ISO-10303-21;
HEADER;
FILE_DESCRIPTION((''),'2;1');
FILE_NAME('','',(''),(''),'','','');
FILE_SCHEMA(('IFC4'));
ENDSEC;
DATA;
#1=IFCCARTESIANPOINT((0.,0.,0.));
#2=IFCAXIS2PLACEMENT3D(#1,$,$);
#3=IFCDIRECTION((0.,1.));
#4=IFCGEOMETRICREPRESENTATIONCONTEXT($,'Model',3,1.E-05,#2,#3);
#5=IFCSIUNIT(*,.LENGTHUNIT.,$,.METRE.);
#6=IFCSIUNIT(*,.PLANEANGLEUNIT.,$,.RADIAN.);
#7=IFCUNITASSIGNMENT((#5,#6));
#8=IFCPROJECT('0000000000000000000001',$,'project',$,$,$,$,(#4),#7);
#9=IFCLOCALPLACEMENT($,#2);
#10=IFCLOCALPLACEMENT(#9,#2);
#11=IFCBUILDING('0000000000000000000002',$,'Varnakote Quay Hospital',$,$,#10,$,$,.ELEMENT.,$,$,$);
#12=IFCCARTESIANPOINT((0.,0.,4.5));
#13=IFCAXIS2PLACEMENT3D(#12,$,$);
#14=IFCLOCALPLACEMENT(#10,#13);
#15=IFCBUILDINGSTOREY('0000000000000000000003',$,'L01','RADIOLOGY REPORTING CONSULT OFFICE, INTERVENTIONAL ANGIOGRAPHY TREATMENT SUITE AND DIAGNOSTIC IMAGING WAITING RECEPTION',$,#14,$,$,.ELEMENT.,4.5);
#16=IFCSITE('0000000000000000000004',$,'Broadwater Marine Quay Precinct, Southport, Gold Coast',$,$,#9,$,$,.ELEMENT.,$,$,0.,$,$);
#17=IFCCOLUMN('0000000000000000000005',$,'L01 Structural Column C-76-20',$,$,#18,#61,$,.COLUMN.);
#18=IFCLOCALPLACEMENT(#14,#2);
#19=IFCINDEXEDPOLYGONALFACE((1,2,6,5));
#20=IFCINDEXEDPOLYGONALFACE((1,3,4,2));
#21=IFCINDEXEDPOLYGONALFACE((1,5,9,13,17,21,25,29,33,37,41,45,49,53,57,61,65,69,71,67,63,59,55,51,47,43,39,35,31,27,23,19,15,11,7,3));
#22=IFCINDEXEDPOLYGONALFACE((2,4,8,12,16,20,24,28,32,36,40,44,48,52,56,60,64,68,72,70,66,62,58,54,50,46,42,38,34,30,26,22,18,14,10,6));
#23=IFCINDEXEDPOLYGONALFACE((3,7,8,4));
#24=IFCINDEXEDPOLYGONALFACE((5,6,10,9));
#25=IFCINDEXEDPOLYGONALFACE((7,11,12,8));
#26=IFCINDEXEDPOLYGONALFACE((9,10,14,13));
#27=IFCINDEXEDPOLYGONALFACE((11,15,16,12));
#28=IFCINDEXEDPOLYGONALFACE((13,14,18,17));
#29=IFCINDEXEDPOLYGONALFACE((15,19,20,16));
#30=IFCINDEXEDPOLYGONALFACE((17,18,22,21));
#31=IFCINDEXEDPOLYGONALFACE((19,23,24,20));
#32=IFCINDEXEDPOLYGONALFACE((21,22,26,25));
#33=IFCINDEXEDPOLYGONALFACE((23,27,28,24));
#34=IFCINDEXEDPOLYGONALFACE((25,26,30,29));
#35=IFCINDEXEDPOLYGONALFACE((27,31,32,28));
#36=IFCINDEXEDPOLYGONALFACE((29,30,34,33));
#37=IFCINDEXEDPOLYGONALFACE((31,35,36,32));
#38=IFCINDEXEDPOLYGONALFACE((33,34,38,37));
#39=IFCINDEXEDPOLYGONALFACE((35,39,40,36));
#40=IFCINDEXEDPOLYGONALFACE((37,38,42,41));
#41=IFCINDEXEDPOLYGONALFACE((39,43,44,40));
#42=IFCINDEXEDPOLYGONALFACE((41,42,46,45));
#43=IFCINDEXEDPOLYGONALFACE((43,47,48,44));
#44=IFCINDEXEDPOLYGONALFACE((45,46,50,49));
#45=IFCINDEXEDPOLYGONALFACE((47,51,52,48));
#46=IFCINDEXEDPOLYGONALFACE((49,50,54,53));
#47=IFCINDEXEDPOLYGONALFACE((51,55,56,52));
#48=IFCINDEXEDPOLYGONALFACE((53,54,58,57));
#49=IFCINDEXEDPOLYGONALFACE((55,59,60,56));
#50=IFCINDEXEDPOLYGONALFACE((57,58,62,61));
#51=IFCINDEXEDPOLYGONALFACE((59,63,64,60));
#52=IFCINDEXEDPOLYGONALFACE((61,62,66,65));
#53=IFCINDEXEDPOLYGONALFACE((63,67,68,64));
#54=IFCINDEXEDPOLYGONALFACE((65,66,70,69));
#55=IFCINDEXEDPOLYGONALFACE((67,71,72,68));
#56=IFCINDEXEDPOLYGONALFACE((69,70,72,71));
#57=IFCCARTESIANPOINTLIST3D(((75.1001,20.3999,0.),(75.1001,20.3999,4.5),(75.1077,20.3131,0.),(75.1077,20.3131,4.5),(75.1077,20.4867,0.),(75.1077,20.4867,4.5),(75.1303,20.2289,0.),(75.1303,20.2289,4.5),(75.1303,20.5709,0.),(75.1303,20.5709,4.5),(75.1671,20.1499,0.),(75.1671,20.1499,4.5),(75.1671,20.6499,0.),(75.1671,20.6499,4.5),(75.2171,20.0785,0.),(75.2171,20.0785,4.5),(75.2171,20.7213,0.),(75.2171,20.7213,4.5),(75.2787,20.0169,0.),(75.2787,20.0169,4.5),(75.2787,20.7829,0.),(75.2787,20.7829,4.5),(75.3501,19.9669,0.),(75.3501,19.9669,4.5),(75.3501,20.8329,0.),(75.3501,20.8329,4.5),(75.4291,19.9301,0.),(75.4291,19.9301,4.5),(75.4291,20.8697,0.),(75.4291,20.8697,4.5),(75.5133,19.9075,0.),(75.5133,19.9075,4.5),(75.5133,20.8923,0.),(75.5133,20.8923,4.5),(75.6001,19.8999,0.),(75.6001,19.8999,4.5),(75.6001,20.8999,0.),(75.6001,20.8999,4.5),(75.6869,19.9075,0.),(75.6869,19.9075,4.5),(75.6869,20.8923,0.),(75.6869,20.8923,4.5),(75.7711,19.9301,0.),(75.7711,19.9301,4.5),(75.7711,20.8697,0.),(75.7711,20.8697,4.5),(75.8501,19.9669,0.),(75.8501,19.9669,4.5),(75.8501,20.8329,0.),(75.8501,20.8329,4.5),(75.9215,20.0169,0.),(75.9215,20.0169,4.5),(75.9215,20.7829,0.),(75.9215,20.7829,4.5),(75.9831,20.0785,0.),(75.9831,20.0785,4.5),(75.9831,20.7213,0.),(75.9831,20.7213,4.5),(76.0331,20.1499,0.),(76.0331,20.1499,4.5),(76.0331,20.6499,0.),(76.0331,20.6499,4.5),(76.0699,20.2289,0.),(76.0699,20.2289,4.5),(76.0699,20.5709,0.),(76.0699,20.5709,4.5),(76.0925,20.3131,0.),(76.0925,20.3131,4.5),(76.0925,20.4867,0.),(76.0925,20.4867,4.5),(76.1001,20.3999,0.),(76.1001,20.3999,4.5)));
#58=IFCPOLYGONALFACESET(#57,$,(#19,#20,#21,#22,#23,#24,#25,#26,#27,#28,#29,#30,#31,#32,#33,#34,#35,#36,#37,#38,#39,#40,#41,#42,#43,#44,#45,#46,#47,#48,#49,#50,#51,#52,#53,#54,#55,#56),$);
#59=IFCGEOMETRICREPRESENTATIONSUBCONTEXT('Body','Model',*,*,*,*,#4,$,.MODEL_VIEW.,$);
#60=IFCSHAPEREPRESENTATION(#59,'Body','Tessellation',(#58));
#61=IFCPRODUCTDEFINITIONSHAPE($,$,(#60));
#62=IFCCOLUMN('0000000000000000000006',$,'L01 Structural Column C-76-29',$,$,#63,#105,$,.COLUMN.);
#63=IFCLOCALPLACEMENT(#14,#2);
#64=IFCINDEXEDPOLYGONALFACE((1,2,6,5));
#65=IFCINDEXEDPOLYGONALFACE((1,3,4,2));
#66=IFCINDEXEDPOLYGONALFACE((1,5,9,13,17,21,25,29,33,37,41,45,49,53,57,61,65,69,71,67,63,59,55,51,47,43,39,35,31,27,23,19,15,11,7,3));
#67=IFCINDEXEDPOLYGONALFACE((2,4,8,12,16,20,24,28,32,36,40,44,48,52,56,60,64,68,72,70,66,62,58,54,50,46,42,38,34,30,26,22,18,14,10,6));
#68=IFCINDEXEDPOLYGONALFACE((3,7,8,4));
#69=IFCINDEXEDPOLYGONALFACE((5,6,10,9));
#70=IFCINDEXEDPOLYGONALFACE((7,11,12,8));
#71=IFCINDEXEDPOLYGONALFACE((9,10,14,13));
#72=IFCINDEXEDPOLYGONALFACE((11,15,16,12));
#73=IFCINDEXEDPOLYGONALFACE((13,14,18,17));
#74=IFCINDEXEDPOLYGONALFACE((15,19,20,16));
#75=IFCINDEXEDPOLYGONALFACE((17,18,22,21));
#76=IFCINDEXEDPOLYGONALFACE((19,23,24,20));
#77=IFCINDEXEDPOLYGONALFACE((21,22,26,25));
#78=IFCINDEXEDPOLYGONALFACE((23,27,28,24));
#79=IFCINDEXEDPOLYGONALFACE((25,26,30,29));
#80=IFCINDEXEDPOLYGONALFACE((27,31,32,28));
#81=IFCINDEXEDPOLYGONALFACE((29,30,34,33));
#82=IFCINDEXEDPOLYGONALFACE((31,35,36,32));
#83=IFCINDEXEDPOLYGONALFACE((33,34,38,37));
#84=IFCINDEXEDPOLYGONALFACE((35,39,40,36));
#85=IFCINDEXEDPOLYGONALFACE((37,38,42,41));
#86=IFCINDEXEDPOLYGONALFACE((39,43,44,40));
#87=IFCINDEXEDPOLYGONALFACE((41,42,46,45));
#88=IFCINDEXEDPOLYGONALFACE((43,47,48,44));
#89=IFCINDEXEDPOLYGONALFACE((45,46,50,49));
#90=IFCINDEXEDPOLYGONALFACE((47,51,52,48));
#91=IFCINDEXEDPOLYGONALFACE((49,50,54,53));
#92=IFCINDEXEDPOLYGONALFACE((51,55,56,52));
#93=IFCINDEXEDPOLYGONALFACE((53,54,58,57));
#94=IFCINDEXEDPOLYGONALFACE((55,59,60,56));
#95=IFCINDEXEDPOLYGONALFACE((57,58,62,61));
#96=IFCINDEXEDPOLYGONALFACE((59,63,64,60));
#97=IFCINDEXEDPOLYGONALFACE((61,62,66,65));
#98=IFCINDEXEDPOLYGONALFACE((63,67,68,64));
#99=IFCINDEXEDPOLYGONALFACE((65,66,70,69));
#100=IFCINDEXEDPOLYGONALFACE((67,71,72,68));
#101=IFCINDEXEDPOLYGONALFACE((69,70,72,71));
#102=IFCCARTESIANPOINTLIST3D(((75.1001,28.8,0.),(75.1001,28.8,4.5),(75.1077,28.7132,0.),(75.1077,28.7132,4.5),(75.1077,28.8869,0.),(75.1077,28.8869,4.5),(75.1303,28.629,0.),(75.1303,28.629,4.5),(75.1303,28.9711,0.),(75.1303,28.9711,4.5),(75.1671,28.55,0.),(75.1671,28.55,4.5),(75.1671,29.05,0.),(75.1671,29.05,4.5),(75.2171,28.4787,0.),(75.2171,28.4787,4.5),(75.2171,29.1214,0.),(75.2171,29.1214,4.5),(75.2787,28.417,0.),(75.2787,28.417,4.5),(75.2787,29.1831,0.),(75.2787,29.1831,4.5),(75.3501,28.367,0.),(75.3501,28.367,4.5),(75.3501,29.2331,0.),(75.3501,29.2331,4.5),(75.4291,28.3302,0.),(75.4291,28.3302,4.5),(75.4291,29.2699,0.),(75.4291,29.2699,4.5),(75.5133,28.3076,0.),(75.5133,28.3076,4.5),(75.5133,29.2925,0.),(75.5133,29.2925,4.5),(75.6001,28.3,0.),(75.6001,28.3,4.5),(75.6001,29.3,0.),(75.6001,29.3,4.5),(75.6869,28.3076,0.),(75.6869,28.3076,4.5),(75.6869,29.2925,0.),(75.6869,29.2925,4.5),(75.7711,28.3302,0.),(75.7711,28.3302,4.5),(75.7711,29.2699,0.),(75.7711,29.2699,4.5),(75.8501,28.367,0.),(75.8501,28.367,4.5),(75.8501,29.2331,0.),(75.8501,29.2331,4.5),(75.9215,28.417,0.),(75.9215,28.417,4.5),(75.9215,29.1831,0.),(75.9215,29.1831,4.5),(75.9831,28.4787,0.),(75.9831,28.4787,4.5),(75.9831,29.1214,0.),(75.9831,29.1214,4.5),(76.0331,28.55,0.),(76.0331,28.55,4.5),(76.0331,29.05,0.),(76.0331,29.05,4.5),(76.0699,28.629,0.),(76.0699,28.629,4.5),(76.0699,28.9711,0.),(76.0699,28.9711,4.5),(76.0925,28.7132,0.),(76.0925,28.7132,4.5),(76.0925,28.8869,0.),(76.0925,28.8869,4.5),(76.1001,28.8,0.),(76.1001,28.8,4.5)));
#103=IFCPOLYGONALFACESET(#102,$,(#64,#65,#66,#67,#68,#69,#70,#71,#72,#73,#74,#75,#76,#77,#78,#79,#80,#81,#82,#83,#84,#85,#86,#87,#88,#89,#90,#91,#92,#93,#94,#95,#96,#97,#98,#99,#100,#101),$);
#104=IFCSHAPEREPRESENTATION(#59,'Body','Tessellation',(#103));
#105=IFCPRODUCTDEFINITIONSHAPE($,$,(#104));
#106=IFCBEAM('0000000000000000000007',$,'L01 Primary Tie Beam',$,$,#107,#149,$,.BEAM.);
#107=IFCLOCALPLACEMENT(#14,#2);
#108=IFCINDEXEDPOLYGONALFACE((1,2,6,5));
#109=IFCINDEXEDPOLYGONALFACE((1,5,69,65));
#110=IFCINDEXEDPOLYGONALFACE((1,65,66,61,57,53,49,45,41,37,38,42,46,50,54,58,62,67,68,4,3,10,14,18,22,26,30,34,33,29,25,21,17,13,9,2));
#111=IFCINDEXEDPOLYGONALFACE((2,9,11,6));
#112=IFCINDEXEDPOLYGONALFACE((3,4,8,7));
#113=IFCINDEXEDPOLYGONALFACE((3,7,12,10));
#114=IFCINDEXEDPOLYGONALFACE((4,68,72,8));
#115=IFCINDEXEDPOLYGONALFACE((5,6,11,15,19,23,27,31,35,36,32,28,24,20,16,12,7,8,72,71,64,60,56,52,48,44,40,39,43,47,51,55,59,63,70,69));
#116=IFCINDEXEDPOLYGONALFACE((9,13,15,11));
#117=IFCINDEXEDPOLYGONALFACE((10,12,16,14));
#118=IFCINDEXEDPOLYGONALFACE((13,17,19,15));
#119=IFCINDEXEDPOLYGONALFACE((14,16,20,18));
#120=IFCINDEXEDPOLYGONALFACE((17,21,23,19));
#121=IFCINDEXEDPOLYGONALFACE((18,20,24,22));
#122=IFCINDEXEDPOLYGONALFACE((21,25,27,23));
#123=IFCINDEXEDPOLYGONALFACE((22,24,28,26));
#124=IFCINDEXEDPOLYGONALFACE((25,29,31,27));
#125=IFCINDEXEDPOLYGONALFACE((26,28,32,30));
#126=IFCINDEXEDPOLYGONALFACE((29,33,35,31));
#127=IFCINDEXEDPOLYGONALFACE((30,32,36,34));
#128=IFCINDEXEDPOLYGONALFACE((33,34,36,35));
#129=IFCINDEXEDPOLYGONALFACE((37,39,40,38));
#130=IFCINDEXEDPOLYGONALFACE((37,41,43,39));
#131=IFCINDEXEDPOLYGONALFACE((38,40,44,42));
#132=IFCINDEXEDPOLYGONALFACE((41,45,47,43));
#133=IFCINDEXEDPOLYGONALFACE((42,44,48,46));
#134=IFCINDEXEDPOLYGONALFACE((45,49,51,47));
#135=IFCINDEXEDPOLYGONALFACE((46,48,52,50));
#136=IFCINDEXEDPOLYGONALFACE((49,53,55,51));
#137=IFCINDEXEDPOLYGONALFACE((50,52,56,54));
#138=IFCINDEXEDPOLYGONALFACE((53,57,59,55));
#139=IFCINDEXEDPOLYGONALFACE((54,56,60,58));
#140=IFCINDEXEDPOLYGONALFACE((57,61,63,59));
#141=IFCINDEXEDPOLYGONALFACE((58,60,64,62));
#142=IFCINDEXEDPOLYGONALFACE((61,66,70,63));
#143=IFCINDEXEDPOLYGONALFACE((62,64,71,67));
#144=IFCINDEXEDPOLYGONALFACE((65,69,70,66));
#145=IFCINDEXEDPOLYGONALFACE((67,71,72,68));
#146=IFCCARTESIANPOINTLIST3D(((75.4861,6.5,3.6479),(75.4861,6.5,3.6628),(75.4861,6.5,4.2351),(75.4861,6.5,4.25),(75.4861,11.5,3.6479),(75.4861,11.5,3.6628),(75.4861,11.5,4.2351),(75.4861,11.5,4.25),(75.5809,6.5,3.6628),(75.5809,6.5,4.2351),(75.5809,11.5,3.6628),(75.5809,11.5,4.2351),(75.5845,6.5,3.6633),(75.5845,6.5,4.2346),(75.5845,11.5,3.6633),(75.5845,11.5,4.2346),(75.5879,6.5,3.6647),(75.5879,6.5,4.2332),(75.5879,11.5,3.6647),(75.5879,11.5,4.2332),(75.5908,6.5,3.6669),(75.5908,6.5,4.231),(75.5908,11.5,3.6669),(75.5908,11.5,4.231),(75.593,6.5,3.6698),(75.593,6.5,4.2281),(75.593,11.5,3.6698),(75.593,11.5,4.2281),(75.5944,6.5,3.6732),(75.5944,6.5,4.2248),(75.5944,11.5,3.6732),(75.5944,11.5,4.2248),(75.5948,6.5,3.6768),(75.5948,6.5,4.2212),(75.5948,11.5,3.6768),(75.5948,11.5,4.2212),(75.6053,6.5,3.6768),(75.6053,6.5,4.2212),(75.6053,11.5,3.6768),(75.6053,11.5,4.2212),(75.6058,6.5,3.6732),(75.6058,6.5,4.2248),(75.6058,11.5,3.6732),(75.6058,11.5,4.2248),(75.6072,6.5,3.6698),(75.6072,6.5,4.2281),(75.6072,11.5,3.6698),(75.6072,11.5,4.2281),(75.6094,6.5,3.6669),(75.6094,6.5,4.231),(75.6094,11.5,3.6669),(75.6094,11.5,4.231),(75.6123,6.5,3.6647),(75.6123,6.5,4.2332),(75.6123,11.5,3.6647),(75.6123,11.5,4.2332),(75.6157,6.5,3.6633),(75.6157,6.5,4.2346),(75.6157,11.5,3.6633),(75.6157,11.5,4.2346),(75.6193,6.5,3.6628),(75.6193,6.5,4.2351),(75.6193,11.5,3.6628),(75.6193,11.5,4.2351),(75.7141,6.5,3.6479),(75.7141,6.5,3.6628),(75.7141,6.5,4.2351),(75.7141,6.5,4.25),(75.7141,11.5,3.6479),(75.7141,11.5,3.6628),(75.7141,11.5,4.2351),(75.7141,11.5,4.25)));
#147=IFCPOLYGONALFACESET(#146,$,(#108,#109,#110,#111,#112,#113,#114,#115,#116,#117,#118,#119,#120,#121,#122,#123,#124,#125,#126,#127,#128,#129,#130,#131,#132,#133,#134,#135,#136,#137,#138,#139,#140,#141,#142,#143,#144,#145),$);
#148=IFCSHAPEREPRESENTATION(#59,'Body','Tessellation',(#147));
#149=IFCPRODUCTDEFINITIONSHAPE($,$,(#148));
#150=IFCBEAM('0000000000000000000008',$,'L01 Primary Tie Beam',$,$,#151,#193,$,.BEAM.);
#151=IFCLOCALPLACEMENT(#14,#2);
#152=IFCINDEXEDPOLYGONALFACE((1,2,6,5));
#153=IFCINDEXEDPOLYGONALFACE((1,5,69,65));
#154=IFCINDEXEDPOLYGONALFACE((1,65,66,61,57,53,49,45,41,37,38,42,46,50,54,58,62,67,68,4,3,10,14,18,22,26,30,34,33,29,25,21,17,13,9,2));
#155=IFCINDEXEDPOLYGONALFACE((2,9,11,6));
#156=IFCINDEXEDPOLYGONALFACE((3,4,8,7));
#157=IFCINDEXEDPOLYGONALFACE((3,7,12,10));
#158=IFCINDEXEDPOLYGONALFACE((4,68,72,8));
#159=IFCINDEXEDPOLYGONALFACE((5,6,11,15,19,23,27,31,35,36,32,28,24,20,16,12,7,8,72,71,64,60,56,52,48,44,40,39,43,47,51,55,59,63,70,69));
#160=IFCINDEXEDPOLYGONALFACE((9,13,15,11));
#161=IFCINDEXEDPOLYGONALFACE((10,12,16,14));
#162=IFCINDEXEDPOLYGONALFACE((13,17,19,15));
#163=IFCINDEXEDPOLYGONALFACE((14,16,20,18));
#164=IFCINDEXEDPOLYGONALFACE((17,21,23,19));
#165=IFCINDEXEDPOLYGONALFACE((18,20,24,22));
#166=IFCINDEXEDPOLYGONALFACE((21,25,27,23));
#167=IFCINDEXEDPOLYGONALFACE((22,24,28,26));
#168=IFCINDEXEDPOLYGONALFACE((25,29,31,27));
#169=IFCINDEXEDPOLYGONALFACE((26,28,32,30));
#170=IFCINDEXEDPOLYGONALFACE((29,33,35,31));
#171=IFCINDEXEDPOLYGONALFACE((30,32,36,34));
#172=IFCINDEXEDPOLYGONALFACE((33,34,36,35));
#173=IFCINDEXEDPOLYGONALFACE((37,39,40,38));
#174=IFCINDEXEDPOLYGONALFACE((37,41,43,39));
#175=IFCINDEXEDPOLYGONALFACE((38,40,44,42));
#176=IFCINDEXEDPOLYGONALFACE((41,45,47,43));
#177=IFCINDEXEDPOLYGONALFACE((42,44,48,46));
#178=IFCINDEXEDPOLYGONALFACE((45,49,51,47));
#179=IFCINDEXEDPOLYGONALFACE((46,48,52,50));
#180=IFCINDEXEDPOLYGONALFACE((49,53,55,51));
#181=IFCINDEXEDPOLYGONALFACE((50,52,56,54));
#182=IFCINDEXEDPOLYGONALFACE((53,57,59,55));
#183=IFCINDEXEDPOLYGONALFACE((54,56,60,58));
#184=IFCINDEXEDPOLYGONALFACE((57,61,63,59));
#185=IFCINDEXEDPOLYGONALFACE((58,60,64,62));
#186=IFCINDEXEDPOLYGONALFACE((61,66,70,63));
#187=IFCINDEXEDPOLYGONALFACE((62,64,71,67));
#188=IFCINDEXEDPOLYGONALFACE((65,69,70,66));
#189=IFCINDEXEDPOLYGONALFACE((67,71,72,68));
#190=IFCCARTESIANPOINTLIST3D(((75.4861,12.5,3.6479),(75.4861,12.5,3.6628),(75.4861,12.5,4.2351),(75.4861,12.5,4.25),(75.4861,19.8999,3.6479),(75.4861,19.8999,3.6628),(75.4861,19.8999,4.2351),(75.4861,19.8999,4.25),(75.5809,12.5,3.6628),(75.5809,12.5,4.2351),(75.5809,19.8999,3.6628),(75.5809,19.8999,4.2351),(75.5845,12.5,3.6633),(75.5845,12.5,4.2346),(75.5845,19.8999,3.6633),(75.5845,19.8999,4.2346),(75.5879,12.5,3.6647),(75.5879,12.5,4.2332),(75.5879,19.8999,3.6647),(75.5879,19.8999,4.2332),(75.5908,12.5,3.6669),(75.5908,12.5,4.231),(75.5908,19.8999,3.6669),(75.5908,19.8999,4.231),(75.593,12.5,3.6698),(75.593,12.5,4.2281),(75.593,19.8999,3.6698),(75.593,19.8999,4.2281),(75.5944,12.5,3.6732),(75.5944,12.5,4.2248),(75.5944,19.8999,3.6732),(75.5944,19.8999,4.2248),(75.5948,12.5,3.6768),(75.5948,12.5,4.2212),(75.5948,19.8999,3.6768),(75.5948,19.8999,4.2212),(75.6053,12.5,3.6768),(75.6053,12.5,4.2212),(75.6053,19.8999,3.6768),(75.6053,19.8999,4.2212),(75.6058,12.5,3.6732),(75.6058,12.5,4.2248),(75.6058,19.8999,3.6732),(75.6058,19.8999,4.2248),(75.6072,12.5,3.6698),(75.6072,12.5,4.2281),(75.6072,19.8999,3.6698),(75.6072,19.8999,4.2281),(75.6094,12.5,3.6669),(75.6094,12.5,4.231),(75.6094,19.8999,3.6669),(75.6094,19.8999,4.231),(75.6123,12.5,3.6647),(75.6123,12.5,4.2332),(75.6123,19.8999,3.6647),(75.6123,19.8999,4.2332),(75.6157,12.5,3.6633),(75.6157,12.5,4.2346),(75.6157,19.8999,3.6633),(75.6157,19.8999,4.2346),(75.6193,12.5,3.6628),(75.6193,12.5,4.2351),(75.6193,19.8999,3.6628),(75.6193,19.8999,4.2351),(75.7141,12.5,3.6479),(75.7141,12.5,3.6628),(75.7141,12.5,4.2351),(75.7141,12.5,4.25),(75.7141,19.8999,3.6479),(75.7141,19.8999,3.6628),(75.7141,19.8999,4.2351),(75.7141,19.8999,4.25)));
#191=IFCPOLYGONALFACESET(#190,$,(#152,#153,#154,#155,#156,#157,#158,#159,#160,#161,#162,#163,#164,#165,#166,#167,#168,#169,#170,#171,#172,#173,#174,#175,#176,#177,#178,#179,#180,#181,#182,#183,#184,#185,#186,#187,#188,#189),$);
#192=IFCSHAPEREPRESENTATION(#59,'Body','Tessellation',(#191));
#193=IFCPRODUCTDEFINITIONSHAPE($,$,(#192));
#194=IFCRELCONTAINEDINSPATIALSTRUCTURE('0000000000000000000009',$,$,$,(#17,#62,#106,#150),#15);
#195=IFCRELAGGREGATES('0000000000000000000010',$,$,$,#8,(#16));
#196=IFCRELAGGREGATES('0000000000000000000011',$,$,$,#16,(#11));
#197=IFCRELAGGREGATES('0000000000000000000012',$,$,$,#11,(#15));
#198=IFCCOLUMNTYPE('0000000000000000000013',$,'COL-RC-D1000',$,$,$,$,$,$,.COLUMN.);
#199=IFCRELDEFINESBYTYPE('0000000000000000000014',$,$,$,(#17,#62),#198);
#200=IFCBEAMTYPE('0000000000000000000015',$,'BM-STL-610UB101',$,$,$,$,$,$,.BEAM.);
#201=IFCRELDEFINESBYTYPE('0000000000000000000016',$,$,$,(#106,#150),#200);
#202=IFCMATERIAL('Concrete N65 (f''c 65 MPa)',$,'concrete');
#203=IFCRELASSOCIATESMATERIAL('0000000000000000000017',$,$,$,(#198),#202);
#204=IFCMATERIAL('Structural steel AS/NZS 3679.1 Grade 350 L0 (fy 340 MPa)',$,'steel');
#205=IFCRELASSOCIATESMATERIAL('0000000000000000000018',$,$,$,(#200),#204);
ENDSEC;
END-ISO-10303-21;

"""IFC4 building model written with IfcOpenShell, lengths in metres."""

from ifc_helpers import new_model, si_unit, direction, frame, origin, origin_2d, place, context, subcontext, project, spatial, circle, i_section, extrude, material, material_profile, profile_set, type_object, element, save


model = new_model("IFC4")

# Units and contexts
model_context = context("Model", 3, precision=1e-05, world=origin(), true_north=direction((0.0, 1.0)))
body_context = subcontext(model_context, "Body", "Model", "MODEL_VIEW")
ifc_project = project(units=[si_unit("LENGTHUNIT", "METRE"), si_unit("PLANEANGLEUNIT", "RADIAN")], contexts=[model_context])

# Site, building, storey
site_placement = place(None, origin())
site = spatial("IfcSite", under=ifc_project, at=site_placement, Name="Broadwater Marine Quay Precinct, Southport, Gold Coast", CompositionType="ELEMENT", RefElevation=0.0)
building_placement = place(site_placement, origin())
building = spatial("IfcBuilding", under=site, at=building_placement, Name="Varnakote Quay Hospital", CompositionType="ELEMENT")
storey_placement = place(building_placement, frame((0.0, 0.0, 4.5)))
storey = spatial("IfcBuildingStorey", under=building, at=storey_placement, Name="L01", Description="RADIOLOGY REPORTING CONSULT OFFICE, INTERVENTIONAL ANGIOGRAPHY TREATMENT SUITE AND DIAGNOSTIC IMAGING WAITING RECEPTION", CompositionType="ELEMENT", Elevation=4.5)

# Columns
ifc_material_1 = material(Name="Concrete N65 (f'c 65 MPa)", Category="concrete")
ifc_material_profile_1 = material_profile(ifc_material_1, circle(Radius=0.5, at=origin_2d()), Name="RC-COL-D1000")
ifc_profile_set_1 = profile_set([ifc_material_profile_1], Name="Concrete N65 (f'c 65 MPa)")
column_type = type_object("IfcColumnType", Name="COL-RC-D1000", PredefinedType="COLUMN", material=ifc_profile_set_1)
for number, where, z_axis, x_axis, name in (
    (1, (75.6001, 20.3999, 0.0), (0.0, 0.0, 1.0), (1.0, 0.0, 0.0), "L01 Structural Column C-76-20"),
    (2, (75.6001, 28.8, 0.0), (0.0, 0.0, 1.0), (1.0, 0.0, 0.0), "L01 Structural Column C-76-29"),
):
    element("IfcColumn", number, at=place(storey_placement, frame(where, z_axis=z_axis, x_axis=x_axis)), inside=storey, type_object=column_type, Name=name, PredefinedType="COLUMN", context=body_context, shape_type="SweptSolid", body=[
        extrude(circle(Radius=0.5, at=origin_2d()), origin(), (0.0, 0.0, 1.0), 4.5),
    ])

# Beams
ifc_material_2 = material(Name="Structural steel AS/NZS 3679.1 Grade 350 L0 (fy 340 MPa)", Category="steel")
ifc_material_profile_2 = material_profile(ifc_material_2, i_section(OverallWidth=0.228, OverallDepth=0.6021, WebThickness=0.0105, FlangeThickness=0.0149, FilletRadius=0.0139, at=origin_2d()), Name="610UB101")
ifc_profile_set_2 = profile_set([ifc_material_profile_2], Name="Structural steel AS/NZS 3679.1 Grade 350 L0 (fy 340 MPa)")
beam_type_1 = type_object("IfcBeamType", Name="BM-STL-610UB101", PredefinedType="BEAM", material=ifc_profile_set_2)
beam_1_placement = place(storey_placement, frame((75.6001, 6.5, 3.949), z_axis=(0.0, 1.0, 0.0), x_axis=(-1.0, 0.0, 0.0)))
element("IfcBeam", 3, at=beam_1_placement, inside=storey, type_object=beam_type_1, Name="L01 Primary Tie Beam", PredefinedType="BEAM", context=body_context, shape_type="SweptSolid", body=[
    extrude(i_section(OverallWidth=0.228, OverallDepth=0.6021, WebThickness=0.0105, FlangeThickness=0.0149, FilletRadius=0.0139, at=origin_2d()), origin(), (0.0, 0.0, 1.0), 5.0),
])
beam_2_placement = place(storey_placement, frame((75.6001, 12.5, 3.949), z_axis=(0.0, 1.0, 0.0), x_axis=(-1.0, 0.0, 0.0)))
element("IfcBeam", 4, at=beam_2_placement, inside=storey, type_object=beam_type_1, Name="L01 Primary Tie Beam", PredefinedType="BEAM", context=body_context, shape_type="SweptSolid", body=[
    extrude(i_section(OverallWidth=0.228, OverallDepth=0.6021, WebThickness=0.0105, FlangeThickness=0.0149, FilletRadius=0.0139, at=origin_2d()), origin(), (0.0, 0.0, 1.0), 7.3999),
])

save(model, "model.ifc")
